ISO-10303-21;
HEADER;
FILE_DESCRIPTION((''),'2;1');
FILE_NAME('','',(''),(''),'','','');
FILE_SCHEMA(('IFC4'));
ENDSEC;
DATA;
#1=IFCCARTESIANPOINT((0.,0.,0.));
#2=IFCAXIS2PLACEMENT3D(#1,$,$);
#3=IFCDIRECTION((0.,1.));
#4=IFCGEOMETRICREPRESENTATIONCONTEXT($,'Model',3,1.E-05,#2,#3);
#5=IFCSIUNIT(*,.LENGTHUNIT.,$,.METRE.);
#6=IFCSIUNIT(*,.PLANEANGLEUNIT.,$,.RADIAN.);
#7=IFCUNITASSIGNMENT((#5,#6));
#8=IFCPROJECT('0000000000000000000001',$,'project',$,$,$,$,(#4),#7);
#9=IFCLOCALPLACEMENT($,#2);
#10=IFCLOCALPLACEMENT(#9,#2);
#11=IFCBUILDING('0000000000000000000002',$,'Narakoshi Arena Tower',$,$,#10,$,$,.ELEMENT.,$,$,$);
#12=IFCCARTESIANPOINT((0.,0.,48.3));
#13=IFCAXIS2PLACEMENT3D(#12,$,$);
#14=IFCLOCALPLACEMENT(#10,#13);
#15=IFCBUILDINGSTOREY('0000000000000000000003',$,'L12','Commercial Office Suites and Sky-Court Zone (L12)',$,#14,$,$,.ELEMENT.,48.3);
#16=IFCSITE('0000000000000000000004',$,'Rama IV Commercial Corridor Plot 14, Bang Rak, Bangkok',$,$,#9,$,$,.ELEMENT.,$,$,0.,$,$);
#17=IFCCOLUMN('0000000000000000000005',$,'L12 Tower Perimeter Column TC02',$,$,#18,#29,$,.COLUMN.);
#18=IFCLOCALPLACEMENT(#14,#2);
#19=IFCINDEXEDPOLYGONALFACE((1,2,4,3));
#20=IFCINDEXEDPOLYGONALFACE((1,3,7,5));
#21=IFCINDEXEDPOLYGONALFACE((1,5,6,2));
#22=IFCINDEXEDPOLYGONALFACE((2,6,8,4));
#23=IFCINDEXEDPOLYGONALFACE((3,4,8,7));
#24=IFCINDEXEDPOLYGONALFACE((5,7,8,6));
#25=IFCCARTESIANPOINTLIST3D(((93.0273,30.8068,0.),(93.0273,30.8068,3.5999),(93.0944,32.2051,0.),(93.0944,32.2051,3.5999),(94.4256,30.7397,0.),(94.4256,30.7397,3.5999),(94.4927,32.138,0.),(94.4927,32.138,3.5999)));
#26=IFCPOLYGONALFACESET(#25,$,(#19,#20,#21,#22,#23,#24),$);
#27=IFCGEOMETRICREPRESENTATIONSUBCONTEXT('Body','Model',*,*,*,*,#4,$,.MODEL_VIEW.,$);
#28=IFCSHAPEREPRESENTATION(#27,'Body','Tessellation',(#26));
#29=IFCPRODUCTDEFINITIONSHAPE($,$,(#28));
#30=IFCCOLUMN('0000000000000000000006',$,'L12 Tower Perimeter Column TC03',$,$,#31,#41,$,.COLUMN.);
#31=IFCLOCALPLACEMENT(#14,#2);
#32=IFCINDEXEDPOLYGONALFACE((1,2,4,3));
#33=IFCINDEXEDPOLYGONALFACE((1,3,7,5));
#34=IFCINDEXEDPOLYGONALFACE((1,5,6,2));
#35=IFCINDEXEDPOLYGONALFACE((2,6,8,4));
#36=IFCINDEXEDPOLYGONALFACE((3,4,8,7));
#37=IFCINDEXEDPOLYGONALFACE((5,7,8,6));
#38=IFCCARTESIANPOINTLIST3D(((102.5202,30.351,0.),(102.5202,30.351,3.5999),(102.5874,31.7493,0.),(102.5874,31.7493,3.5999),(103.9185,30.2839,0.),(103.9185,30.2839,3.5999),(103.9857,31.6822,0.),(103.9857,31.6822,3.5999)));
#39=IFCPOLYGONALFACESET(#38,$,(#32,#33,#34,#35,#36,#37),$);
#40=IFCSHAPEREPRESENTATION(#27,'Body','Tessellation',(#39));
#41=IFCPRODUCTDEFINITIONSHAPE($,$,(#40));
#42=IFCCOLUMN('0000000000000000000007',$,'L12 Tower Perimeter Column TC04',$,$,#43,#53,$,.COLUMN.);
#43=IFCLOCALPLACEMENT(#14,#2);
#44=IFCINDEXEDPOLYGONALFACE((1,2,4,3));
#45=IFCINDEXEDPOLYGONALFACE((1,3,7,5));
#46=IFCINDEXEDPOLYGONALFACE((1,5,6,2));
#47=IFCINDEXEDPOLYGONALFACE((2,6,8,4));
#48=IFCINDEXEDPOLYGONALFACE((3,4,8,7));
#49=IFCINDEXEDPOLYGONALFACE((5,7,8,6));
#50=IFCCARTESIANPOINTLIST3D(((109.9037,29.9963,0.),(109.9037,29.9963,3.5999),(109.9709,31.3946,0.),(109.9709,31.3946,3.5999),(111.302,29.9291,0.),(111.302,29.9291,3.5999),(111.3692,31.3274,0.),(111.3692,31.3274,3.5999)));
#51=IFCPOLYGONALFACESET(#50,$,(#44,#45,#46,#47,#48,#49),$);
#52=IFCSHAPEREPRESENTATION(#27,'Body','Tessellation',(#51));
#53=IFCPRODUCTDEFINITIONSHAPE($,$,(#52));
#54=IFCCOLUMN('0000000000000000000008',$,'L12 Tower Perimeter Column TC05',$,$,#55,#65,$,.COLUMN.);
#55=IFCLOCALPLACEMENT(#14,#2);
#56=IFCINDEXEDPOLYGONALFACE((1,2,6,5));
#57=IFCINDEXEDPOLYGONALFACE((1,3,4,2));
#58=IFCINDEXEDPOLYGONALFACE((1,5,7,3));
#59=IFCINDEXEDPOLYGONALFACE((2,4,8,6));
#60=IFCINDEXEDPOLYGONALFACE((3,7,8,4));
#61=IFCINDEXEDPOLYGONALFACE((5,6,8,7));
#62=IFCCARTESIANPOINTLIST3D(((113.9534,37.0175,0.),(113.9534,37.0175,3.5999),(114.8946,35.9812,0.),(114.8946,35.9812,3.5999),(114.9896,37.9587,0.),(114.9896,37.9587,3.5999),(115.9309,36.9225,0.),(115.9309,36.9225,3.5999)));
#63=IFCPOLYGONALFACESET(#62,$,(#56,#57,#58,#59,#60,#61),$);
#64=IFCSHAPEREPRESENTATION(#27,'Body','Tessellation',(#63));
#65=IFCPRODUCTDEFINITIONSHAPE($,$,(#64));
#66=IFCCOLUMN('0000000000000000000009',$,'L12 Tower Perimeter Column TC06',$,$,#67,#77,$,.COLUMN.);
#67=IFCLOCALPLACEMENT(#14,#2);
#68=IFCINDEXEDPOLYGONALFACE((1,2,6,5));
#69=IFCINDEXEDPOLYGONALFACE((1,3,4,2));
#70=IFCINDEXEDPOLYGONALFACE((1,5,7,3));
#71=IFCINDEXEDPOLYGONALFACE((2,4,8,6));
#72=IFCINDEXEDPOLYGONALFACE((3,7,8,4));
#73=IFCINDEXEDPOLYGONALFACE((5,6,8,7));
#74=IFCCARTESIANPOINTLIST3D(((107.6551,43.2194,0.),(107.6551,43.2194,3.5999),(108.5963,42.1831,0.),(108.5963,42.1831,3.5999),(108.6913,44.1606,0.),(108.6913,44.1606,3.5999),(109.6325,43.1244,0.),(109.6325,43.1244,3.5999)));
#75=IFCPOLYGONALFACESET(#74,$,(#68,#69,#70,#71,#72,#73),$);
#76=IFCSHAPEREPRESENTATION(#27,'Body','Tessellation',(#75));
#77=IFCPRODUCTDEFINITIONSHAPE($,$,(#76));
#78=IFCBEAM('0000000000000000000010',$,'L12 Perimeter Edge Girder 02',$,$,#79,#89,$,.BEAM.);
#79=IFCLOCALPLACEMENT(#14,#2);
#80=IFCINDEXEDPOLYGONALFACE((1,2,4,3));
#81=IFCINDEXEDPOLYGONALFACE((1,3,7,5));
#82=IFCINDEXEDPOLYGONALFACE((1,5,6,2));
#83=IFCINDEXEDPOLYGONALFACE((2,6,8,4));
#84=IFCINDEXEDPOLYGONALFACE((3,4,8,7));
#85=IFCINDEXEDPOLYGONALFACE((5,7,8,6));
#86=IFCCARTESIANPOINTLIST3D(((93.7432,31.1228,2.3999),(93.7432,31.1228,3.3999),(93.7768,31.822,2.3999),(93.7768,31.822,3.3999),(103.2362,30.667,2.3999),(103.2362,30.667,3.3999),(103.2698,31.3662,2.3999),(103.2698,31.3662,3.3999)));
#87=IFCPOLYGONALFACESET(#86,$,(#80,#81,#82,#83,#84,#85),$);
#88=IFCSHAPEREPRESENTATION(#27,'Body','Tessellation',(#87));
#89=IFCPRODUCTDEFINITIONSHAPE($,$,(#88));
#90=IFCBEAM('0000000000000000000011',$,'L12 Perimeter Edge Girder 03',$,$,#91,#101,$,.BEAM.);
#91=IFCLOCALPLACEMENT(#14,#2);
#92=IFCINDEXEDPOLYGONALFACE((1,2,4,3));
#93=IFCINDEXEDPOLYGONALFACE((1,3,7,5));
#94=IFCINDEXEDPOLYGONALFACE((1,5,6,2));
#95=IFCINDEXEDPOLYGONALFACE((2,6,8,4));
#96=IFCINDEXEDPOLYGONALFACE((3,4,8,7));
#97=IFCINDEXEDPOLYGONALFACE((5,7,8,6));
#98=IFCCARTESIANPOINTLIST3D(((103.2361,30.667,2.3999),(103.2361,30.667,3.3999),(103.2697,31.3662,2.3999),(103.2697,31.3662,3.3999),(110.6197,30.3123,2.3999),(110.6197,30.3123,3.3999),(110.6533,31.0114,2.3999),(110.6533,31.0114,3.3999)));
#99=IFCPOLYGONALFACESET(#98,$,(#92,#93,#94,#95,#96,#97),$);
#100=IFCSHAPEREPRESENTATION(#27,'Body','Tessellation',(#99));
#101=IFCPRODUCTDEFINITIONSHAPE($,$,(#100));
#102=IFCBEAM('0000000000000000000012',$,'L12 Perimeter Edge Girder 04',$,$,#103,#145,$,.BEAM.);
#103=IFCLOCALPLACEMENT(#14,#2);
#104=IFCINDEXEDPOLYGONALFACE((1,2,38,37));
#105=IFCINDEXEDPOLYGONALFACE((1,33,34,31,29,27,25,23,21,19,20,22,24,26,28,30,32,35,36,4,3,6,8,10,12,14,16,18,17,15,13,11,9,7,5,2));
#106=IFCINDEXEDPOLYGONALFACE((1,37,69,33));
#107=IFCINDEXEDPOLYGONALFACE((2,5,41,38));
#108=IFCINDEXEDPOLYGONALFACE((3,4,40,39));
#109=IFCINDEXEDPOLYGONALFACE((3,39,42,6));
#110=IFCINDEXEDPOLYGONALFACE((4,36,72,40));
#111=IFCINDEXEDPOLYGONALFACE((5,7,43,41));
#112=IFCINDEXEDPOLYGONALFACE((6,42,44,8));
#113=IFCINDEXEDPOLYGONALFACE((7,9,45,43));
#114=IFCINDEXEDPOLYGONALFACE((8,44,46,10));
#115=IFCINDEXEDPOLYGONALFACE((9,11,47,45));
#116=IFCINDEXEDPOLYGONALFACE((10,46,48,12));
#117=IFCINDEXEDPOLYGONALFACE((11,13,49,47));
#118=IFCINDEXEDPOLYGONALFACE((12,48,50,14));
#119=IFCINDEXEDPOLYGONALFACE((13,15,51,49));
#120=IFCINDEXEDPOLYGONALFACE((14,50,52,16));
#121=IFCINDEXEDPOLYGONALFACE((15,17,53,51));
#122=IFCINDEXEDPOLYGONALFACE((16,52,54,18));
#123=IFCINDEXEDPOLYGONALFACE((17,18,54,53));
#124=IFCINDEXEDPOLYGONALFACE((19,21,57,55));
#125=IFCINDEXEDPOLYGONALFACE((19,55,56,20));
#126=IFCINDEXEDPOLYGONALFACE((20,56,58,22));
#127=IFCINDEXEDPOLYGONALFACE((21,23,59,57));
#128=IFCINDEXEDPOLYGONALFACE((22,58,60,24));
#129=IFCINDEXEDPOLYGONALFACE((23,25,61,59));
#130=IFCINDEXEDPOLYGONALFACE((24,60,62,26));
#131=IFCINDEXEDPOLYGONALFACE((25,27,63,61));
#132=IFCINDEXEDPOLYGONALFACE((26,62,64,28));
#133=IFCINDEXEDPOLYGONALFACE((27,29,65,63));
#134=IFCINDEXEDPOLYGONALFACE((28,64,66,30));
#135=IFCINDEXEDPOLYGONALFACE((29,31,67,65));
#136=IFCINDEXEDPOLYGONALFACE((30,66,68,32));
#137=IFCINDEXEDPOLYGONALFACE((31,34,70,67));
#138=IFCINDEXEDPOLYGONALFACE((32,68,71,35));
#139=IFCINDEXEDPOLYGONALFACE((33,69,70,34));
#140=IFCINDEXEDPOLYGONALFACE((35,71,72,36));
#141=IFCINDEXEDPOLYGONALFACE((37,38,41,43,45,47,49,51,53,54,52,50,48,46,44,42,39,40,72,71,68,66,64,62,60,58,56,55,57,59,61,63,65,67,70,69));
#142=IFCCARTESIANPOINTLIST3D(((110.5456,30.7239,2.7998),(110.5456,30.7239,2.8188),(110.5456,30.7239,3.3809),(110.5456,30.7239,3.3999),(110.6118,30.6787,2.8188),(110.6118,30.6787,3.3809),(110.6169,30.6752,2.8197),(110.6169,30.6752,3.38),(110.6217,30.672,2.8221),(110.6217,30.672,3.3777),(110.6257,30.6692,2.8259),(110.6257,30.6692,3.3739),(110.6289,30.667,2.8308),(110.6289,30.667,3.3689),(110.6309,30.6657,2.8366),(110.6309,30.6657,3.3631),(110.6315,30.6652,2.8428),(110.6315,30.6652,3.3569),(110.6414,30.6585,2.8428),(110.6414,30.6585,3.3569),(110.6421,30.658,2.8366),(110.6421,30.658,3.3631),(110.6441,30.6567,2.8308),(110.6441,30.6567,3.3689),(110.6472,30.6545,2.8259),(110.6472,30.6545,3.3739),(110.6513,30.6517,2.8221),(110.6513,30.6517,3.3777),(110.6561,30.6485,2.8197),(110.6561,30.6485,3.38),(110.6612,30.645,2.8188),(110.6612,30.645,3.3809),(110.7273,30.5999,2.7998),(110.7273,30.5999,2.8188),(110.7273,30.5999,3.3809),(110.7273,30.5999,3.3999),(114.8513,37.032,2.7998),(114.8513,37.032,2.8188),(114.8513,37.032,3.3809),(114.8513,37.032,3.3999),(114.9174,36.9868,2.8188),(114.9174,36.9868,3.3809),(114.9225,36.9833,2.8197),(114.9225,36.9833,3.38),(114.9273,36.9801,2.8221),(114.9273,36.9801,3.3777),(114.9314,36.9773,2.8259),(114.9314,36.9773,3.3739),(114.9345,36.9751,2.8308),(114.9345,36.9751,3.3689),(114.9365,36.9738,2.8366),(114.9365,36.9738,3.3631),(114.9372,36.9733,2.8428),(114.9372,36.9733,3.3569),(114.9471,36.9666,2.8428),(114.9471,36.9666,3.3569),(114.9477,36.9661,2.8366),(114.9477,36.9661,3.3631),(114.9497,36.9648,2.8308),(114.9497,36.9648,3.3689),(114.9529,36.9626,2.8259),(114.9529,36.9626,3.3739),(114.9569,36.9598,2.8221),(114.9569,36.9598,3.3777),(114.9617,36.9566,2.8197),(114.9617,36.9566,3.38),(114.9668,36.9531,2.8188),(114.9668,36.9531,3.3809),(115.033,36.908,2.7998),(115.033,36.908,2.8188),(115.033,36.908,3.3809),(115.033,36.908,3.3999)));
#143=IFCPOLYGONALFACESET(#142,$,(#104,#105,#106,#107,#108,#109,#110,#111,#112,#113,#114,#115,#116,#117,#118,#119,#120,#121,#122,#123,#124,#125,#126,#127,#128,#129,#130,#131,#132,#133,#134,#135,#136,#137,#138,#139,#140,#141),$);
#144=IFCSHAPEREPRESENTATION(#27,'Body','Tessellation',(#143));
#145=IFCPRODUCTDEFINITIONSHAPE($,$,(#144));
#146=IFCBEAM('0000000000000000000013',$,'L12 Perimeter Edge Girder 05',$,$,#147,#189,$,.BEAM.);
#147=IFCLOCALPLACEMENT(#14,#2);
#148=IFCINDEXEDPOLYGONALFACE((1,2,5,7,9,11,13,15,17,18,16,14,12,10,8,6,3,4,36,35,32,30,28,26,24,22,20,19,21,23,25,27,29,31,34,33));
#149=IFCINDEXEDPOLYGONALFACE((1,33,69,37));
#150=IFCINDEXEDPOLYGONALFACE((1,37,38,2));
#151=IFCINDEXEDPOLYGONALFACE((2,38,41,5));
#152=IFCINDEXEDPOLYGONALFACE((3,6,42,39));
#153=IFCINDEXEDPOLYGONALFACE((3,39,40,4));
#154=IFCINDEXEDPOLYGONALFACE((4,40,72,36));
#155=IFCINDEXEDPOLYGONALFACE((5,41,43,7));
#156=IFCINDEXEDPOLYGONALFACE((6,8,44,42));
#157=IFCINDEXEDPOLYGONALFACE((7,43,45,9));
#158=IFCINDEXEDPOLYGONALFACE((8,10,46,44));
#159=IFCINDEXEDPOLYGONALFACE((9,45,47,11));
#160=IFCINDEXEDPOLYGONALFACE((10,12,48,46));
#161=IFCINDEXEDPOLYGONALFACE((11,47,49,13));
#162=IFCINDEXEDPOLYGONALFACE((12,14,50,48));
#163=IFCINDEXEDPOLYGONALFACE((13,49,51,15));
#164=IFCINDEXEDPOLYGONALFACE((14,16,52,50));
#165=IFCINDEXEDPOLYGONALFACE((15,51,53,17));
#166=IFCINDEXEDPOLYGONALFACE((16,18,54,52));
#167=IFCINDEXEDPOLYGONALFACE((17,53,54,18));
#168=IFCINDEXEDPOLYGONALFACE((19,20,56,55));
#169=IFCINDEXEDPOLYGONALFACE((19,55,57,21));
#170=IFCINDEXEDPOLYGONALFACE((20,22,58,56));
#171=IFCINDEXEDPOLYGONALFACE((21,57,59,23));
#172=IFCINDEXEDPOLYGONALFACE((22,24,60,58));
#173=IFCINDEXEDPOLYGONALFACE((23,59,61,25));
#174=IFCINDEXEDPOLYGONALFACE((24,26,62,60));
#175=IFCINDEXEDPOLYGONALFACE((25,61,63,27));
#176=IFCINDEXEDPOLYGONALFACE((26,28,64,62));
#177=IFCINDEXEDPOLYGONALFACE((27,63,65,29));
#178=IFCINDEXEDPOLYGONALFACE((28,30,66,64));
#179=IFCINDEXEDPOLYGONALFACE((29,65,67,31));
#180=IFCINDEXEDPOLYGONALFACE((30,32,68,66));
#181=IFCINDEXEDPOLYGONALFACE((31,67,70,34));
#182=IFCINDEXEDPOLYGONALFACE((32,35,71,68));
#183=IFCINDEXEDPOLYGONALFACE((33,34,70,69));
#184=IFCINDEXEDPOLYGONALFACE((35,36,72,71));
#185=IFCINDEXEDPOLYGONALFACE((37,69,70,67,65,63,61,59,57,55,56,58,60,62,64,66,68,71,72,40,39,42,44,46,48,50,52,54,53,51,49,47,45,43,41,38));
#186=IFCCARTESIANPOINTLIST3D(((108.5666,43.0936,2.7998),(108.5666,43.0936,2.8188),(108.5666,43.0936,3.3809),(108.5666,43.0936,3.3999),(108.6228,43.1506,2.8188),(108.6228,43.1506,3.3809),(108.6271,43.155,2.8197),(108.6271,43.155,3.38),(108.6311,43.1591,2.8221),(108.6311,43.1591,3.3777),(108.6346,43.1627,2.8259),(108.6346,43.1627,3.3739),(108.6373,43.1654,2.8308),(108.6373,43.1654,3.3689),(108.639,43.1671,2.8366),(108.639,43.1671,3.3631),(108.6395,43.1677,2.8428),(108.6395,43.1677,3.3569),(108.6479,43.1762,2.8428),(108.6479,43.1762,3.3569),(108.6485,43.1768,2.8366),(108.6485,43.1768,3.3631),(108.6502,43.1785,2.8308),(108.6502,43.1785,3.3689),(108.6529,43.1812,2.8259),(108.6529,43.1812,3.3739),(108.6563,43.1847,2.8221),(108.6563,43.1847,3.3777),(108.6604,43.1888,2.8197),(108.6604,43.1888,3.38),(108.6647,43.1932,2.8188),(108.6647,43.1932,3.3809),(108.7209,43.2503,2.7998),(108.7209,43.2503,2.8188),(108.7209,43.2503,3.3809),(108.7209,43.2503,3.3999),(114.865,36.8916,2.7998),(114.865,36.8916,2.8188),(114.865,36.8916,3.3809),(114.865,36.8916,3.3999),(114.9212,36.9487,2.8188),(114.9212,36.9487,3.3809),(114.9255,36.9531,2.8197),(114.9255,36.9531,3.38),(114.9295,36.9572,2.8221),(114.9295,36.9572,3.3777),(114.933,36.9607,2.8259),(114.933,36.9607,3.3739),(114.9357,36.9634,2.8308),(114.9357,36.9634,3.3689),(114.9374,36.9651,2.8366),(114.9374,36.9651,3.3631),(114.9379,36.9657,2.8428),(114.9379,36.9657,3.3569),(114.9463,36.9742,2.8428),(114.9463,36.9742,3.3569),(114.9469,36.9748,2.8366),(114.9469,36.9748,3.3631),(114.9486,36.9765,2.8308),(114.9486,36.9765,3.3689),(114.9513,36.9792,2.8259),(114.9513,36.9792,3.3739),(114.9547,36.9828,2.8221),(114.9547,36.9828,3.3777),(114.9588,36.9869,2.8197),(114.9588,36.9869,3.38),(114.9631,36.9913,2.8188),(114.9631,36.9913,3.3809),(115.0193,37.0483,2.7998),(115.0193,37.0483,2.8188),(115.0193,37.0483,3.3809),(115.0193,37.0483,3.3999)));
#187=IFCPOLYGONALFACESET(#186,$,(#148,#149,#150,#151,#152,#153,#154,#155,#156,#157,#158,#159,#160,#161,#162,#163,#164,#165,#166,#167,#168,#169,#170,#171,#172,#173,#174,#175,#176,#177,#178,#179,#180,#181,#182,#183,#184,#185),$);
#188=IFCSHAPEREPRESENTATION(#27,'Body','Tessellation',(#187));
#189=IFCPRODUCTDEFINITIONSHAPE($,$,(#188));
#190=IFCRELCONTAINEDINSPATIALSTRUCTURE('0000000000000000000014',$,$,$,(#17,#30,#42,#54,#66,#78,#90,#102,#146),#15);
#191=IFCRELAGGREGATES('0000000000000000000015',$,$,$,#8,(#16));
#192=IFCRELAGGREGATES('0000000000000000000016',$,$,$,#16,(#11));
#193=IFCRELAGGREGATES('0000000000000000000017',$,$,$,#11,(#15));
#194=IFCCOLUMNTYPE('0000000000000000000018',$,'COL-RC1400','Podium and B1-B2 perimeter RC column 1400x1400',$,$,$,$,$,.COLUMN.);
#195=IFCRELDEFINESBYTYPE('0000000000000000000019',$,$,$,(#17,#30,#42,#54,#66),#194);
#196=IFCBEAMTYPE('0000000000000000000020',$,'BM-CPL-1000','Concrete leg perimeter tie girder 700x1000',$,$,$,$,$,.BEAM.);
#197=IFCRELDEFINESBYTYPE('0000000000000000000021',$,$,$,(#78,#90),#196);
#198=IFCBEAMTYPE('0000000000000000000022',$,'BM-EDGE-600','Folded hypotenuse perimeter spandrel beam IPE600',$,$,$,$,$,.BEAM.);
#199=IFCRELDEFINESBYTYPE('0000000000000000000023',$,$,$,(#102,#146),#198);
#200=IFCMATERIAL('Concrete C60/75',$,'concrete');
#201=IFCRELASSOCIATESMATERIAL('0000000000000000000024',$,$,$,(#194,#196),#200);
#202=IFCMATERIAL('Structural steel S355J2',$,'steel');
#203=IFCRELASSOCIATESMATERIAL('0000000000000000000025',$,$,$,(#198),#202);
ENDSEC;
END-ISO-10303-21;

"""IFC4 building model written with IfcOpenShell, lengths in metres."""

from ifc_helpers import new_model, si_unit, direction, frame, origin, origin_2d, place, context, subcontext, project, spatial, rectangle, i_section, extrude, material, material_profile, profile_set, type_object, element, save


model = new_model("IFC4")

# Units and contexts
model_context = context("Model", 3, precision=1e-05, world=origin(), true_north=direction((0.0, 1.0)))
body_context = subcontext(model_context, "Body", "Model", "MODEL_VIEW")
ifc_project = project(units=[si_unit("LENGTHUNIT", "METRE"), si_unit("PLANEANGLEUNIT", "RADIAN")], contexts=[model_context])

# Site, building, storey
site_placement = place(None, origin())
site = spatial("IfcSite", under=ifc_project, at=site_placement, Name="Rama IV Commercial Corridor Plot 14, Bang Rak, Bangkok", CompositionType="ELEMENT", RefElevation=0.0)
building_placement = place(site_placement, origin())
building = spatial("IfcBuilding", under=site, at=building_placement, Name="Narakoshi Arena Tower", CompositionType="ELEMENT")
storey_placement = place(building_placement, frame((0.0, 0.0, 48.3)))
storey = spatial("IfcBuildingStorey", under=building, at=storey_placement, Name="L12", Description="Commercial Office Suites and Sky-Court Zone (L12)", CompositionType="ELEMENT", Elevation=48.3)

# Columns
ifc_material_1 = material(Name="Concrete C60/75", Category="concrete")
ifc_material_profile_1 = material_profile(ifc_material_1, rectangle(XDim=1.3999, YDim=1.3999, at=origin_2d()), Name="RC1400x1400")
ifc_profile_set_1 = profile_set([ifc_material_profile_1], Name="Concrete C60/75")
column_type = type_object("IfcColumnType", Name="COL-RC1400", Description="Podium and B1-B2 perimeter RC column 1400x1400", PredefinedType="COLUMN", material=ifc_profile_set_1)
for number, where, z_axis, x_axis, name in (
    (1, (93.76, 31.4724, 0.0), (0.0, 0.0, 1.0), (-0.998848, 0.047978, 0.0), "L12 Tower Perimeter Column TC02"),
    (2, (103.2529, 31.0166, 0.0), (0.0, 0.0, 1.0), (-0.998848, 0.047978, 0.0), "L12 Tower Perimeter Column TC03"),
    (3, (110.6365, 30.6619, 0.0), (0.0, 0.0, 1.0), (-0.998848, 0.047978, 0.0), "L12 Tower Perimeter Column TC04"),
    (4, (114.9421, 36.97, 0.0), (0.0, 0.0, 1.0), (0.740218, 0.672367, 0.0), "L12 Tower Perimeter Column TC05"),
    (5, (108.6438, 43.1719, 0.0), (0.0, 0.0, 1.0), (0.740218, 0.672367, 0.0), "L12 Tower Perimeter Column TC06"),
):
    element("IfcColumn", number, at=place(storey_placement, frame(where, z_axis=z_axis, x_axis=x_axis)), inside=storey, type_object=column_type, Name=name, PredefinedType="COLUMN", context=body_context, shape_type="SweptSolid", body=[
        extrude(rectangle(XDim=1.3999, YDim=1.3999, at=origin_2d()), origin(), (0.0, 0.0, 1.0), 3.5999),
    ])

# Beams
ifc_material_profile_2 = material_profile(ifc_material_1, rectangle(XDim=0.7, YDim=1.0, at=origin_2d()), Name="RCB700x1000")
ifc_profile_set_2 = profile_set([ifc_material_profile_2], Name="Concrete C60/75")
beam_type_1 = type_object("IfcBeamType", Name="BM-CPL-1000", Description="Concrete leg perimeter tie girder 700x1000", PredefinedType="BEAM", material=ifc_profile_set_2)
beam_1_placement = place(storey_placement, frame((93.76, 31.4724, 2.8999), z_axis=(0.998849, -0.047961, 0.0), x_axis=(0.047961, 0.998849, 0.0)))
element("IfcBeam", 6, at=beam_1_placement, inside=storey, type_object=beam_type_1, Name="L12 Perimeter Edge Girder 02", PredefinedType="BEAM", context=body_context, shape_type="SweptSolid", body=[
    extrude(rectangle(XDim=0.7, YDim=1.0, at=origin_2d()), origin(), (0.0, 0.0, 1.0), 9.5039),
])
beam_2_placement = place(storey_placement, frame((103.2529, 31.0166, 2.8999), z_axis=(0.998848, -0.047989, 0.0), x_axis=(0.047989, 0.998848, 0.0)))
element("IfcBeam", 7, at=beam_2_placement, inside=storey, type_object=beam_type_1, Name="L12 Perimeter Edge Girder 03", PredefinedType="BEAM", context=body_context, shape_type="SweptSolid", body=[
    extrude(rectangle(XDim=0.7, YDim=1.0, at=origin_2d()), origin(), (0.0, 0.0, 1.0), 7.3921),
])
ifc_material_2 = material(Name="Structural steel S355J2", Category="steel")
ifc_material_profile_3 = material_profile(ifc_material_2, i_section(OverallWidth=0.22, OverallDepth=0.6001, WebThickness=0.012, FlangeThickness=0.019, FilletRadius=0.0239, at=origin_2d()), Name="IPE600")
ifc_profile_set_3 = profile_set([ifc_material_profile_3], Name="Structural steel S355J2")
beam_type_2 = type_object("IfcBeamType", Name="BM-EDGE-600", Description="Folded hypotenuse perimeter spandrel beam IPE600", PredefinedType="BEAM", material=ifc_profile_set_3)
beam_3_placement = place(storey_placement, frame((110.6365, 30.6619, 3.0999), z_axis=(0.563755, 0.825942, 0.0), x_axis=(-0.825942, 0.563755, 0.0)))
element("IfcBeam", 8, at=beam_3_placement, inside=storey, type_object=beam_type_2, Name="L12 Perimeter Edge Girder 04", PredefinedType="BEAM", context=body_context, shape_type="SweptSolid", body=[
    extrude(i_section(OverallWidth=0.22, OverallDepth=0.6001, WebThickness=0.012, FlangeThickness=0.019, FilletRadius=0.0239, at=origin_2d()), origin(), (0.0, 0.0, 1.0), 7.6375),
])
for number, where, z_axis, x_axis, name in (
    (9, (114.9421, 36.97, 3.0999), (-0.712541, 0.701631, 0.0), (-0.701631, -0.712541, 0.0), "L12 Perimeter Edge Girder 05"),
):
    element("IfcBeam", number, at=place(storey_placement, frame(where, z_axis=z_axis, x_axis=x_axis)), inside=storey, type_object=beam_type_2, Name=name, PredefinedType="BEAM", context=body_context, shape_type="SweptSolid", body=[
        extrude(i_section(OverallWidth=0.22, OverallDepth=0.6001, WebThickness=0.012, FlangeThickness=0.019, FilletRadius=0.0239, at=origin_2d()), origin(), (0.0, 0.0, 1.0), 8.8394),
    ])

save(model, "model.ifc")
